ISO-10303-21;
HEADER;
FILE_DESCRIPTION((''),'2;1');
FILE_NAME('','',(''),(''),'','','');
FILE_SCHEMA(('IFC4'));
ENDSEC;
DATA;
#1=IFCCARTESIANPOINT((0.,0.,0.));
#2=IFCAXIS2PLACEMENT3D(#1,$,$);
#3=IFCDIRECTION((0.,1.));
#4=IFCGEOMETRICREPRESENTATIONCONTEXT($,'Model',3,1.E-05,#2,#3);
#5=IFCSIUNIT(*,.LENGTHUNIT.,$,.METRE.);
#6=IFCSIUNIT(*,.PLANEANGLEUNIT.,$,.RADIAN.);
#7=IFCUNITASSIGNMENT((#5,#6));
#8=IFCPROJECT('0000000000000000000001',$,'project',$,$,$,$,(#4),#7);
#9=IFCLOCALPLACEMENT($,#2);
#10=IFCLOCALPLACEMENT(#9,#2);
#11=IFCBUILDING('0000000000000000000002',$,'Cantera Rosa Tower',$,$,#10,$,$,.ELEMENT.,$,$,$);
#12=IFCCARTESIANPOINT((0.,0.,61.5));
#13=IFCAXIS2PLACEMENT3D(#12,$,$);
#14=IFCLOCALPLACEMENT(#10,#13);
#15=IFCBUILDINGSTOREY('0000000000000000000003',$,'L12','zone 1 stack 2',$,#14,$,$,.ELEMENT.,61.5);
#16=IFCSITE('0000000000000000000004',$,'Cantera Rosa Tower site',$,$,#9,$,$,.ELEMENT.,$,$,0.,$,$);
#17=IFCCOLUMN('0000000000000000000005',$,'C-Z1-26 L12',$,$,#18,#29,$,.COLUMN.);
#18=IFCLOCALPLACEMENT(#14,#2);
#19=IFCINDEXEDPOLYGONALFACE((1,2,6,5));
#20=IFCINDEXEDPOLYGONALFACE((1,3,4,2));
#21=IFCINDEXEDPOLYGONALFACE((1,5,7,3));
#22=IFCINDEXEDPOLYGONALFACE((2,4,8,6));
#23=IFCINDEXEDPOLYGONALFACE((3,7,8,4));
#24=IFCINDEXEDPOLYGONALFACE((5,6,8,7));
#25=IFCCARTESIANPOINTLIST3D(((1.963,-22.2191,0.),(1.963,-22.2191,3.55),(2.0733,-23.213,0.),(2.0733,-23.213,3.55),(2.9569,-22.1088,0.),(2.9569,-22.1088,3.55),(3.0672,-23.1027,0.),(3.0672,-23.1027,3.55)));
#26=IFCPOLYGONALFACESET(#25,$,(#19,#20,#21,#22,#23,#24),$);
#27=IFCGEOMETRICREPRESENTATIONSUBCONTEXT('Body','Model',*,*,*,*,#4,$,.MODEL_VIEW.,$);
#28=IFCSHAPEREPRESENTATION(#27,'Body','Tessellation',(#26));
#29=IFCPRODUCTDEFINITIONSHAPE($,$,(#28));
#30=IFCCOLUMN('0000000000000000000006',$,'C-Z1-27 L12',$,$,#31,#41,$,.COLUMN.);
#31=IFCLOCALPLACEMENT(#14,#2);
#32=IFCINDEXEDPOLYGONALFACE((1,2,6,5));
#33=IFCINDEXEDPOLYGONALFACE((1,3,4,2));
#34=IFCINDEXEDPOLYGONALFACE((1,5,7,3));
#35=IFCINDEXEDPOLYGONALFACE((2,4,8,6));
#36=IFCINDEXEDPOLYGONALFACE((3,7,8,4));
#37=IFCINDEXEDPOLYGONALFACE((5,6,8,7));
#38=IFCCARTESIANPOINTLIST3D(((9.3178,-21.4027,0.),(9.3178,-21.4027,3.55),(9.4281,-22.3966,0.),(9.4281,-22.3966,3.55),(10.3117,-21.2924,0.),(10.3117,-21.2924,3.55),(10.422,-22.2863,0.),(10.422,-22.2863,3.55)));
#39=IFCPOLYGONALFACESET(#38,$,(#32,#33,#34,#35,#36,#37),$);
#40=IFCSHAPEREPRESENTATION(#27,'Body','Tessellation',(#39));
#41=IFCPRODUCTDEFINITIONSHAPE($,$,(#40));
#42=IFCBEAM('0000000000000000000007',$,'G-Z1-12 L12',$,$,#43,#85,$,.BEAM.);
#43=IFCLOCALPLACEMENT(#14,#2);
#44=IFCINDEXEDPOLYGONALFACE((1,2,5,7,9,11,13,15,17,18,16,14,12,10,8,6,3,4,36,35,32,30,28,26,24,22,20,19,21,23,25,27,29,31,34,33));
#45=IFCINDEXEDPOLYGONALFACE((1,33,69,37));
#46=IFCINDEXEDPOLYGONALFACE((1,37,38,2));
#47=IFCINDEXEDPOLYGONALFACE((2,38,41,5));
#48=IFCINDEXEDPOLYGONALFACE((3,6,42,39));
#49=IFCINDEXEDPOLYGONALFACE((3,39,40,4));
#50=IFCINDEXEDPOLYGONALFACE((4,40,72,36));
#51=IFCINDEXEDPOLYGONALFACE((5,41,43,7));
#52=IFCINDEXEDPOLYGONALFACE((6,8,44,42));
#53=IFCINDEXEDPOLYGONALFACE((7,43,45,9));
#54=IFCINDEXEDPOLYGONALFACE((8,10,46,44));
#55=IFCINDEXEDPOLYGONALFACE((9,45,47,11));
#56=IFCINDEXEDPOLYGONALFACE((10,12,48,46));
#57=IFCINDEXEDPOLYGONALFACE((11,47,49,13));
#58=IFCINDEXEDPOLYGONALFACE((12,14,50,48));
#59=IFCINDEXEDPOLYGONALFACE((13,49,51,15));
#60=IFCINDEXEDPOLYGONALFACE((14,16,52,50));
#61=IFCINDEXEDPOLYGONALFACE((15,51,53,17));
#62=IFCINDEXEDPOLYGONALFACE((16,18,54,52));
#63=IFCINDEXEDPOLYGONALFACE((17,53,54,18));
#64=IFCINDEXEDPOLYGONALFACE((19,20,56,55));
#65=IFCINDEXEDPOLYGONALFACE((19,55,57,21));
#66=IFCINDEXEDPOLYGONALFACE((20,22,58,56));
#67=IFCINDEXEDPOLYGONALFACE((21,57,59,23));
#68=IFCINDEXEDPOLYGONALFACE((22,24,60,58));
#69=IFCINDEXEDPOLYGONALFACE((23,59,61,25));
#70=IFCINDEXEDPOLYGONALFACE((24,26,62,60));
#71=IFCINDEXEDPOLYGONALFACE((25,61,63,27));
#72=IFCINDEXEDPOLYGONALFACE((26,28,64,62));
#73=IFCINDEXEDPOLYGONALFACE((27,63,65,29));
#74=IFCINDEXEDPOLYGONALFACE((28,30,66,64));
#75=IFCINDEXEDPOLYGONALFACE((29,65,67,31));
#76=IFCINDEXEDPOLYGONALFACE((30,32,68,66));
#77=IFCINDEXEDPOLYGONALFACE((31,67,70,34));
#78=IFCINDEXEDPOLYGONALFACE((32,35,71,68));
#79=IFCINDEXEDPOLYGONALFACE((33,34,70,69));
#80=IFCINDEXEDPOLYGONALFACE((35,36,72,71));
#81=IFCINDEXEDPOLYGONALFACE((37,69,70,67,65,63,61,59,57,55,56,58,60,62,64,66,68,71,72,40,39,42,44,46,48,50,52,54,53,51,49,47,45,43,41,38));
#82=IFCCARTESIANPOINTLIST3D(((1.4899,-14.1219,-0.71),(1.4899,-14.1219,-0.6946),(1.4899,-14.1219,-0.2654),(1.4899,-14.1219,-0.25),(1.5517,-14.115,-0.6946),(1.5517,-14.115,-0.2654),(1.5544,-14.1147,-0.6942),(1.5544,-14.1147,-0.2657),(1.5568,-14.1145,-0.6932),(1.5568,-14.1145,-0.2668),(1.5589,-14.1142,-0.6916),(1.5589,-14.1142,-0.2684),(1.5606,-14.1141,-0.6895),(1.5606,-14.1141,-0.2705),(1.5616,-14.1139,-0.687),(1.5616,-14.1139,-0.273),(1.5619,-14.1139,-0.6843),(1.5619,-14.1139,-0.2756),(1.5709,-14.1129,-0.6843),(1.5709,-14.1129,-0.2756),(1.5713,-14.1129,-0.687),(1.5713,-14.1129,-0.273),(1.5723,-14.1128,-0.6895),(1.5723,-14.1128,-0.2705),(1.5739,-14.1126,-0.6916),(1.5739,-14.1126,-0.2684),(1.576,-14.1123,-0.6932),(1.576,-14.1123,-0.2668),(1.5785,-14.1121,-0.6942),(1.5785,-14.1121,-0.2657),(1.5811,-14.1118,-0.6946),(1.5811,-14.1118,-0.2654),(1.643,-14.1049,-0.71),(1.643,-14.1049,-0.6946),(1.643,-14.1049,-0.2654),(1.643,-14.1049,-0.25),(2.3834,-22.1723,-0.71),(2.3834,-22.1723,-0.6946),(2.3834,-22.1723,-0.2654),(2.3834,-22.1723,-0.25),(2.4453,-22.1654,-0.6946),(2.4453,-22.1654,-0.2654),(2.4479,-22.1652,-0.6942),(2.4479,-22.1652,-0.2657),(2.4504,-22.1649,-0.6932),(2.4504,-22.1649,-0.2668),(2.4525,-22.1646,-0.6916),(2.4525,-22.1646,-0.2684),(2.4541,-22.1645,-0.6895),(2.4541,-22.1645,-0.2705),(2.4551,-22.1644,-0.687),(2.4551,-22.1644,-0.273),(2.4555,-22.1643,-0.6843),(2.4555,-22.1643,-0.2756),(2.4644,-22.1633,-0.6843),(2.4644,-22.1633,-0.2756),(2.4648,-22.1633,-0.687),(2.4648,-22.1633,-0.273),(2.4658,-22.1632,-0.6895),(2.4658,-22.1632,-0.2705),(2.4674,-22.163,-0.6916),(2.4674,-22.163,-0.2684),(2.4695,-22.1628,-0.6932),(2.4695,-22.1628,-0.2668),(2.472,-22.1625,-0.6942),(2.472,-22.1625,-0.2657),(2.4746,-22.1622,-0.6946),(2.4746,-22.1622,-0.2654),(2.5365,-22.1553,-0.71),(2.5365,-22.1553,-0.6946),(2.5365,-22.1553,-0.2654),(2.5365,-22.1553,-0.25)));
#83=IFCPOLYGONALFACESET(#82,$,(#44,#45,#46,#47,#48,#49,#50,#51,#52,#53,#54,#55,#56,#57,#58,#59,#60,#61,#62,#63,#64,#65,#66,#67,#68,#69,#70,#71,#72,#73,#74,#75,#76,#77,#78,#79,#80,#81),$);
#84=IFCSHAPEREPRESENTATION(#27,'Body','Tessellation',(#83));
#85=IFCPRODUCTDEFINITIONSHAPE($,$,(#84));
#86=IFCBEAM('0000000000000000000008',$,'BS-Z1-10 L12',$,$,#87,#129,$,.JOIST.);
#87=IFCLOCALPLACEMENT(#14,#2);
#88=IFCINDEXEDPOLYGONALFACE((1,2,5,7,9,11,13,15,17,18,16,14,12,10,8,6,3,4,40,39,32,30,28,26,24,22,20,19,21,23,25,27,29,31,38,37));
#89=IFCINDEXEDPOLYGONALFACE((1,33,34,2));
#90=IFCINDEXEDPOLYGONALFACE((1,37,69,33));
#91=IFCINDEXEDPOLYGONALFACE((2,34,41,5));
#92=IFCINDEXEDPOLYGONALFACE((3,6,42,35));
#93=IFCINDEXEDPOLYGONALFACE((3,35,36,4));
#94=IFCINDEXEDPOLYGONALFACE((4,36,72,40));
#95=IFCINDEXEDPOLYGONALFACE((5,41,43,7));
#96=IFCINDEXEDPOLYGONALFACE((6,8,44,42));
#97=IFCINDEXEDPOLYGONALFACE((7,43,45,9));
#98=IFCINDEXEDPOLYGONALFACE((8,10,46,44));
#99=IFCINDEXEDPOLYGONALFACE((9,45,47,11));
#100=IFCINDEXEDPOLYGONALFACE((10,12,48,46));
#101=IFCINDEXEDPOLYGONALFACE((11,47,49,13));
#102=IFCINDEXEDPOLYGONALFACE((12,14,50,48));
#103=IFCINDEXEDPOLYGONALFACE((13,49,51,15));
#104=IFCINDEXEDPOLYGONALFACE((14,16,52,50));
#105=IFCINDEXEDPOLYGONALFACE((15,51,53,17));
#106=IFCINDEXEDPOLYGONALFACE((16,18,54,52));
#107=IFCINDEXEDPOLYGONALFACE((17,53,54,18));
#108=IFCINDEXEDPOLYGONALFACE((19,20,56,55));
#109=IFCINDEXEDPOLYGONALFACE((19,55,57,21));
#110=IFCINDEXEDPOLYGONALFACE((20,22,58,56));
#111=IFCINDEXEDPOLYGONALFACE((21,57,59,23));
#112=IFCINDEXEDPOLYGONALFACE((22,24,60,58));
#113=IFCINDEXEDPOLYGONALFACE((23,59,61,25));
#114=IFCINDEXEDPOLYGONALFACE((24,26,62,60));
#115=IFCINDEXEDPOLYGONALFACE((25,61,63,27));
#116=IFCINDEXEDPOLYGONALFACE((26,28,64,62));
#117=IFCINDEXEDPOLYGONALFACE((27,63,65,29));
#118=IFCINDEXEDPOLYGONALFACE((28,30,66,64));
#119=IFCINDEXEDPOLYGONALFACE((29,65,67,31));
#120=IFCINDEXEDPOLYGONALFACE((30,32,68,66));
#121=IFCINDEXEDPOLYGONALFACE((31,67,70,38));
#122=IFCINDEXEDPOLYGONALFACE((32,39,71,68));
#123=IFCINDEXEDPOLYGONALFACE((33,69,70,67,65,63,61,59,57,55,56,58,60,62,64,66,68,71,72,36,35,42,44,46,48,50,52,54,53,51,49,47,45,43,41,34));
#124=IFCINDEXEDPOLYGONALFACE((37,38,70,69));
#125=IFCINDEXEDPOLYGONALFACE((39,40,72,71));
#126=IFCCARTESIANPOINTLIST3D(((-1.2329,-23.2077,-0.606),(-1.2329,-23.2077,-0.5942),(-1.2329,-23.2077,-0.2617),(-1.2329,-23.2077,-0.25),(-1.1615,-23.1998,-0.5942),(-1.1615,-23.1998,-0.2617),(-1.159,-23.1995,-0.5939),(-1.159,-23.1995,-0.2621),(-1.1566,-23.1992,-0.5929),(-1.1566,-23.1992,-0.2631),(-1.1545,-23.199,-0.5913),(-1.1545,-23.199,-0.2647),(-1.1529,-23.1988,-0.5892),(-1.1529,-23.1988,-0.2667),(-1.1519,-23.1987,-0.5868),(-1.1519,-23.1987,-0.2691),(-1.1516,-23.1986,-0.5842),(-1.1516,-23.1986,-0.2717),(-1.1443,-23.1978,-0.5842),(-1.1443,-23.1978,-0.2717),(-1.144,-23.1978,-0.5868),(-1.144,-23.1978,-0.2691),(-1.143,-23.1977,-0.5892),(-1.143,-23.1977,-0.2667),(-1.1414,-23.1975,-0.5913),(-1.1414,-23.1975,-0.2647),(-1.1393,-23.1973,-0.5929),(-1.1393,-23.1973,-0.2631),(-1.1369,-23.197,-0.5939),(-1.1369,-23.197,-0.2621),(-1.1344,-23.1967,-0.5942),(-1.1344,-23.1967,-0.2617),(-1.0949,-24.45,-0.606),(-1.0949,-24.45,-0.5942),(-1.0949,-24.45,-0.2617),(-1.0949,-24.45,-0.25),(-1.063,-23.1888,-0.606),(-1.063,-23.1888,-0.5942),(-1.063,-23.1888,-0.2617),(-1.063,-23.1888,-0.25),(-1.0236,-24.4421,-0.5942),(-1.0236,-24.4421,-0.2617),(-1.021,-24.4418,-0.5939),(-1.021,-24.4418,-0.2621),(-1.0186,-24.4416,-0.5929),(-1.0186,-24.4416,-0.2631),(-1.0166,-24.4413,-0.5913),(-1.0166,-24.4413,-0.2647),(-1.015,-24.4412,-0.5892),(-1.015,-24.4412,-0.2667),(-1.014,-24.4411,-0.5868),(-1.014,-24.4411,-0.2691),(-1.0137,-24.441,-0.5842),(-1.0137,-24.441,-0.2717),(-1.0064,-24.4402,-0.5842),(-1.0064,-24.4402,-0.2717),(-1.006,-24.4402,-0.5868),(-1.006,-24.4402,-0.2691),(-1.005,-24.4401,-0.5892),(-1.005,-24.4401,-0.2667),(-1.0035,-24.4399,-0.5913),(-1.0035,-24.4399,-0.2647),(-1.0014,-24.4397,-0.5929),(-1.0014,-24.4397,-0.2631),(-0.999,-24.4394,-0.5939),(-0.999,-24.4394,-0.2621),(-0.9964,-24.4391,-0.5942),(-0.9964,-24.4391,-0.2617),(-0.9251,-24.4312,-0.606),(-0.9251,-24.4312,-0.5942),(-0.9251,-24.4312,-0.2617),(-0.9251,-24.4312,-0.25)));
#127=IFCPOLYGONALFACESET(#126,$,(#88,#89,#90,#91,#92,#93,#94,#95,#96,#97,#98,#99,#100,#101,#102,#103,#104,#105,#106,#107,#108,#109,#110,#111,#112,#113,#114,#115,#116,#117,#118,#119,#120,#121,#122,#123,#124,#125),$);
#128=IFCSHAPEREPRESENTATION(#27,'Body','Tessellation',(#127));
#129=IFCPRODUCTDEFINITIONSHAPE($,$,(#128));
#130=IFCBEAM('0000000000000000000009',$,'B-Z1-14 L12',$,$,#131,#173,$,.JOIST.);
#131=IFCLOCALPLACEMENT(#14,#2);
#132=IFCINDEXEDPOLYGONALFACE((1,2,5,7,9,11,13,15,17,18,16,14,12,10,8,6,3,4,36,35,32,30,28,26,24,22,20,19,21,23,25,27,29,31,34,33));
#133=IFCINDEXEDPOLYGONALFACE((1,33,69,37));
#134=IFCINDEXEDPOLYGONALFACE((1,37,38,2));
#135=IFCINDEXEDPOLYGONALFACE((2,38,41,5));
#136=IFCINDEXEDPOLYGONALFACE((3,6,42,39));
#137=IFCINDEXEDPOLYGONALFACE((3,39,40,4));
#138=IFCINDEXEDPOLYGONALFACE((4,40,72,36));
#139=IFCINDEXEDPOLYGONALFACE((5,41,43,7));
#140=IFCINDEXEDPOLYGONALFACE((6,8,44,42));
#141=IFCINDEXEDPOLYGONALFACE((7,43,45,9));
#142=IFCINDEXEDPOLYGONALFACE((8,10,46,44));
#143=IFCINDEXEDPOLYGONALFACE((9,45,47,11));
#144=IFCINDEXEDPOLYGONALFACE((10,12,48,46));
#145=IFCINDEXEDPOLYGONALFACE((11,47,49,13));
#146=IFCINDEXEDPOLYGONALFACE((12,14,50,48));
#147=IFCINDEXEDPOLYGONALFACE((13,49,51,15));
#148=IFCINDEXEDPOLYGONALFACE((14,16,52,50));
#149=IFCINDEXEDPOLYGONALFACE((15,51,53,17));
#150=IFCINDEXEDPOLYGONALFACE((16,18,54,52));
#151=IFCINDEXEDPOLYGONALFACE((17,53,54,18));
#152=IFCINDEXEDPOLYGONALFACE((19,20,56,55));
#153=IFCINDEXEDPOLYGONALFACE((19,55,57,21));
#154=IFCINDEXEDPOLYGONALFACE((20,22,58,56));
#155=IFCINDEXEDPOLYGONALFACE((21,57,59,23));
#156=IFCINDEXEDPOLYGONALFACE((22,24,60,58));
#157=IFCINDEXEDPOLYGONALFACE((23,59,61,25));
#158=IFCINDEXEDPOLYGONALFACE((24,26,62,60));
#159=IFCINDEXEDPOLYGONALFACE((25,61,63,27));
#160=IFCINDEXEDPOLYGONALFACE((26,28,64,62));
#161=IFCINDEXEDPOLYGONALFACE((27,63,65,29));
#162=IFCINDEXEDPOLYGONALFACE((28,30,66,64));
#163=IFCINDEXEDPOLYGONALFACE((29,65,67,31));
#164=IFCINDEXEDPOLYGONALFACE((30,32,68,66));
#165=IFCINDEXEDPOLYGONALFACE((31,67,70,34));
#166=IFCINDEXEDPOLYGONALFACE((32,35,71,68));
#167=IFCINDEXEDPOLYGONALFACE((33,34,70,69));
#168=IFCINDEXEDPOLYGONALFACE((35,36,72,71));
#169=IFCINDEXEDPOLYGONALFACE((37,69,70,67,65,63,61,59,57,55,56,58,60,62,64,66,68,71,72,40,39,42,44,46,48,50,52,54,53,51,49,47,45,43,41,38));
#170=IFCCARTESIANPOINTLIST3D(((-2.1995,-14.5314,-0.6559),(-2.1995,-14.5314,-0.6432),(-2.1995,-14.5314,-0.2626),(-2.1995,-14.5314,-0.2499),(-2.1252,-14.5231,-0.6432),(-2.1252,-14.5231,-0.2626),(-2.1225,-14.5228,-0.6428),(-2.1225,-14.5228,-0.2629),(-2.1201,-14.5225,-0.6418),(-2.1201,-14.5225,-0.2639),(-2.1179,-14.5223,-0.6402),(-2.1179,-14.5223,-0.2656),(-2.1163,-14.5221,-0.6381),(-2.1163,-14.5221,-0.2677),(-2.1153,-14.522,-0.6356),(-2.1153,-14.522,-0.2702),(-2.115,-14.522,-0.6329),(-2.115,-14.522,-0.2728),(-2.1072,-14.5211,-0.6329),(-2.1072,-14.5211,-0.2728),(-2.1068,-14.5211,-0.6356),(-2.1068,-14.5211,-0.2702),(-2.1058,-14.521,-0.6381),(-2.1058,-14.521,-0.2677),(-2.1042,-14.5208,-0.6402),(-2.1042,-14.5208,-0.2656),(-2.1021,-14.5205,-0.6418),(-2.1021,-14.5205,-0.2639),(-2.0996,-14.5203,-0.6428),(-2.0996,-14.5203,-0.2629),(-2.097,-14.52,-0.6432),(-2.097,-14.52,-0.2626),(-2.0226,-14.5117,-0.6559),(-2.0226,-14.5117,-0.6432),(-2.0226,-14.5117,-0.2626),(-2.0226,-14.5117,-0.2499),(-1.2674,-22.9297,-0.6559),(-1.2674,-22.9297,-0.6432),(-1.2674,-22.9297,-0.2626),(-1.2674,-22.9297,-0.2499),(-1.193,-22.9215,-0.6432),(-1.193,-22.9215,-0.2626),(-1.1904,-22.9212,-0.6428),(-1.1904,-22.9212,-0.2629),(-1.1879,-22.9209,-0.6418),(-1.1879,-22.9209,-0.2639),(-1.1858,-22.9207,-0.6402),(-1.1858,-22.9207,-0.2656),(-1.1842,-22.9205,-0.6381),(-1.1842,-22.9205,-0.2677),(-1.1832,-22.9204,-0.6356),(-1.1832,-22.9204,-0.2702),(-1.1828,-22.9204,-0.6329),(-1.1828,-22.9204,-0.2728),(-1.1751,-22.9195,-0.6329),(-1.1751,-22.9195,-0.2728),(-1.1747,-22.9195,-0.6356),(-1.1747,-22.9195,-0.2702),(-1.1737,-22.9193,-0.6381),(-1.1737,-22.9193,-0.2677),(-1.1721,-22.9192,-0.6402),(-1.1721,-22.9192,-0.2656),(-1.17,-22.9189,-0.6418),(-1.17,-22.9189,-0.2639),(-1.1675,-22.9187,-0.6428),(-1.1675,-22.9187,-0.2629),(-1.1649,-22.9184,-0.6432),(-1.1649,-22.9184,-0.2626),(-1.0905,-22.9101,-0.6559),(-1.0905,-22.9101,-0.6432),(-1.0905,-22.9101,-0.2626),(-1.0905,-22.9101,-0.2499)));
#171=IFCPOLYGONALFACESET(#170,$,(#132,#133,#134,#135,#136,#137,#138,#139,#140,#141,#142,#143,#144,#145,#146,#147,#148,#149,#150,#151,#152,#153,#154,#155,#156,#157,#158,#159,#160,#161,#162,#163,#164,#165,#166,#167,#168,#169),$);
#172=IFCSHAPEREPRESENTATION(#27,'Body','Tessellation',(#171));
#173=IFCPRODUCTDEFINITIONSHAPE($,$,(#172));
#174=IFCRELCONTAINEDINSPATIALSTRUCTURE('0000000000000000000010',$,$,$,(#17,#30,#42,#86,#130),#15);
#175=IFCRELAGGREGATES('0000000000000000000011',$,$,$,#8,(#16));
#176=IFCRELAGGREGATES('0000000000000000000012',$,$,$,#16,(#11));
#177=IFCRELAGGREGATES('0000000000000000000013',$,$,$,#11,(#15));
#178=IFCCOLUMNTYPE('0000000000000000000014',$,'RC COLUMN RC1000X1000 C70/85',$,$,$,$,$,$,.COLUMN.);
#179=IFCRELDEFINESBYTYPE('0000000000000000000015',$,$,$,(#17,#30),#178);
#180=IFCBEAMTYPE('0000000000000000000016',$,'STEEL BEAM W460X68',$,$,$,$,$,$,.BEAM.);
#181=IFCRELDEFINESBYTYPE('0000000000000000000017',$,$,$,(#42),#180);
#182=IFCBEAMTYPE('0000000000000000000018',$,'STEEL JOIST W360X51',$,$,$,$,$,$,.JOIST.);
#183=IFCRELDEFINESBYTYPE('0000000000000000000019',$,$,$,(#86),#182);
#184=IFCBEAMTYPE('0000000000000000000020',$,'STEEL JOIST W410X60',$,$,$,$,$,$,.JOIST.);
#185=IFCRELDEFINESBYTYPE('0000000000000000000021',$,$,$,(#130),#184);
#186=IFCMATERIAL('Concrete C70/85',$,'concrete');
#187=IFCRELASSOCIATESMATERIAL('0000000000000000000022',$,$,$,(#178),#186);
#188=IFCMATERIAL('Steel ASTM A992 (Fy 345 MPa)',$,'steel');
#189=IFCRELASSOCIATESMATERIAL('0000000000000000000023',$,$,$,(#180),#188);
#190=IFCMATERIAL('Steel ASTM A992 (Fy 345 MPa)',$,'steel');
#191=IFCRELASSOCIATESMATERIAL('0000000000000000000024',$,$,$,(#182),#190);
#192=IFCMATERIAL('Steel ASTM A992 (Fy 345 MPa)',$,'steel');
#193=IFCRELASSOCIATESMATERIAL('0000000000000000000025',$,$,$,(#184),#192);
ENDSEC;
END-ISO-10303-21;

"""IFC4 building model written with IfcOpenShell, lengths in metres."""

from ifc_helpers import new_model, si_unit, direction, frame, origin, origin_2d, place, context, subcontext, project, spatial, rectangle, i_section, extrude, material, material_profile, profile_set, type_object, element, save


model = new_model("IFC4")

# Units and contexts
model_context = context("Model", 3, precision=1e-05, world=origin(), true_north=direction((0.0, 1.0)))
body_context = subcontext(model_context, "Body", "Model", "MODEL_VIEW")
ifc_project = project(units=[si_unit("LENGTHUNIT", "METRE"), si_unit("PLANEANGLEUNIT", "RADIAN")], contexts=[model_context])

# Site, building, storey
site_placement = place(None, origin())
site = spatial("IfcSite", under=ifc_project, at=site_placement, Name="Cantera Rosa Tower site", CompositionType="ELEMENT", RefElevation=0.0)
building_placement = place(site_placement, origin())
building = spatial("IfcBuilding", under=site, at=building_placement, Name="Cantera Rosa Tower", CompositionType="ELEMENT")
storey_placement = place(building_placement, frame((0.0, 0.0, 61.5)))
storey = spatial("IfcBuildingStorey", under=building, at=storey_placement, Name="L12", Description="zone 1 stack 2", CompositionType="ELEMENT", Elevation=61.5)

# Columns
ifc_material_1 = material(Name="Concrete C70/85", Category="concrete")
ifc_material_profile_1 = material_profile(ifc_material_1, rectangle(XDim=1.0, YDim=1.0, at=origin_2d()), Name="RC COLUMN RC1000X1000 C70/85")
ifc_profile_set_1 = profile_set([ifc_material_profile_1], Name="Concrete C70/85")
column_type = type_object("IfcColumnType", Name="RC COLUMN RC1000X1000 C70/85", PredefinedType="COLUMN", material=ifc_profile_set_1)
for number, where, z_axis, x_axis, name in (
    (1, (2.5151, -22.6609, 0.0), (0.0, 0.0, 1.0), (0.993897, 0.110313, 0.0), "C-Z1-26 L12"),
    (2, (9.8699, -21.8445, 0.0), (0.0, 0.0, 1.0), (0.993897, 0.110313, 0.0), "C-Z1-27 L12"),
):
    element("IfcColumn", number, at=place(storey_placement, frame(where, z_axis=z_axis, x_axis=x_axis)), inside=storey, type_object=column_type, Name=name, PredefinedType="COLUMN", context=body_context, shape_type="SweptSolid", body=[
        extrude(rectangle(XDim=1.0, YDim=1.0, at=origin_2d()), origin(), (0.0, 0.0, 1.0), 3.55),
    ])

# Beams
ifc_material_2 = material(Name="Steel ASTM A992 (Fy 345 MPa)", Category="steel")
ifc_material_profile_2 = material_profile(ifc_material_2, i_section(OverallWidth=0.1541, OverallDepth=0.46, WebThickness=0.009, FlangeThickness=0.0154, FilletRadius=0.0103, at=origin_2d()), Name="W460X68")
ifc_profile_set_2 = profile_set([ifc_material_profile_2], Name="Steel ASTM A992 (Fy 345 MPa)")
beam_type_1 = type_object("IfcBeamType", Name="STEEL BEAM W460X68", PredefinedType="BEAM", material=ifc_profile_set_2)
beam_1_placement = place(storey_placement, frame((2.46, -22.1638, -0.48), z_axis=(-0.110316, 0.993897, 0.0), x_axis=(-0.993897, -0.110316, 0.0)))
element("IfcBeam", 3, at=beam_1_placement, inside=storey, type_object=beam_type_1, Name="G-Z1-12 L12", PredefinedType="BEAM", context=body_context, shape_type="SweptSolid", body=[
    extrude(i_section(OverallWidth=0.1541, OverallDepth=0.46, WebThickness=0.009, FlangeThickness=0.0154, FilletRadius=0.0103, at=origin_2d()), origin(), (0.0, 0.0, 1.0), 8.0999),
])
ifc_material_3 = material(Name="Steel ASTM A992 (Fy 345 MPa)", Category="steel")
ifc_material_profile_3 = material_profile(ifc_material_3, i_section(OverallWidth=0.1709, OverallDepth=0.356, WebThickness=0.0073, FlangeThickness=0.0117, FilletRadius=0.01, at=origin_2d()), Name="W360X51")
ifc_profile_set_3 = profile_set([ifc_material_profile_3], Name="Steel ASTM A992 (Fy 345 MPa)")
beam_type_2 = type_object("IfcBeamType", Name="STEEL JOIST W360X51", PredefinedType="JOIST", material=ifc_profile_set_3)
beam_2_placement = place(storey_placement, frame((-1.1479, -23.1982, -0.428), z_axis=(0.110346, -0.993893, 0.0), x_axis=(0.993893, 0.110346, 0.0)))
element("IfcBeam", 4, at=beam_2_placement, inside=storey, type_object=beam_type_2, Name="BS-Z1-10 L12", PredefinedType="JOIST", context=body_context, shape_type="SweptSolid", body=[
    extrude(i_section(OverallWidth=0.1709, OverallDepth=0.356, WebThickness=0.0073, FlangeThickness=0.0117, FilletRadius=0.01, at=origin_2d()), origin(), (0.0, 0.0, 1.0), 1.25),
])
ifc_material_4 = material(Name="Steel ASTM A992 (Fy 345 MPa)", Category="steel")
ifc_material_profile_4 = material_profile(ifc_material_4, i_section(OverallWidth=0.178, OverallDepth=0.406, WebThickness=0.0078, FlangeThickness=0.0127, FilletRadius=0.0103, at=origin_2d()), Name="W410X60")
ifc_profile_set_4 = profile_set([ifc_material_profile_4], Name="Steel ASTM A992 (Fy 345 MPa)")
beam_type_3 = type_object("IfcBeamType", Name="STEEL JOIST W410X60", PredefinedType="JOIST", material=ifc_profile_set_4)
for number, where, z_axis, x_axis, name in (
    (5, (-1.179, -22.9199, -0.4529), (-0.110311, 0.993897, 0.0), (-0.993897, -0.110311, 0.0), "B-Z1-14 L12"),
):
    element("IfcBeam", number, at=place(storey_placement, frame(where, z_axis=z_axis, x_axis=x_axis)), inside=storey, type_object=beam_type_3, Name=name, PredefinedType="JOIST", context=body_context, shape_type="SweptSolid", body=[
        extrude(i_section(OverallWidth=0.178, OverallDepth=0.406, WebThickness=0.0078, FlangeThickness=0.0127, FilletRadius=0.0103, at=origin_2d()), origin(), (0.0, 0.0, 1.0), 8.45),
    ])

save(model, "model.ifc")
